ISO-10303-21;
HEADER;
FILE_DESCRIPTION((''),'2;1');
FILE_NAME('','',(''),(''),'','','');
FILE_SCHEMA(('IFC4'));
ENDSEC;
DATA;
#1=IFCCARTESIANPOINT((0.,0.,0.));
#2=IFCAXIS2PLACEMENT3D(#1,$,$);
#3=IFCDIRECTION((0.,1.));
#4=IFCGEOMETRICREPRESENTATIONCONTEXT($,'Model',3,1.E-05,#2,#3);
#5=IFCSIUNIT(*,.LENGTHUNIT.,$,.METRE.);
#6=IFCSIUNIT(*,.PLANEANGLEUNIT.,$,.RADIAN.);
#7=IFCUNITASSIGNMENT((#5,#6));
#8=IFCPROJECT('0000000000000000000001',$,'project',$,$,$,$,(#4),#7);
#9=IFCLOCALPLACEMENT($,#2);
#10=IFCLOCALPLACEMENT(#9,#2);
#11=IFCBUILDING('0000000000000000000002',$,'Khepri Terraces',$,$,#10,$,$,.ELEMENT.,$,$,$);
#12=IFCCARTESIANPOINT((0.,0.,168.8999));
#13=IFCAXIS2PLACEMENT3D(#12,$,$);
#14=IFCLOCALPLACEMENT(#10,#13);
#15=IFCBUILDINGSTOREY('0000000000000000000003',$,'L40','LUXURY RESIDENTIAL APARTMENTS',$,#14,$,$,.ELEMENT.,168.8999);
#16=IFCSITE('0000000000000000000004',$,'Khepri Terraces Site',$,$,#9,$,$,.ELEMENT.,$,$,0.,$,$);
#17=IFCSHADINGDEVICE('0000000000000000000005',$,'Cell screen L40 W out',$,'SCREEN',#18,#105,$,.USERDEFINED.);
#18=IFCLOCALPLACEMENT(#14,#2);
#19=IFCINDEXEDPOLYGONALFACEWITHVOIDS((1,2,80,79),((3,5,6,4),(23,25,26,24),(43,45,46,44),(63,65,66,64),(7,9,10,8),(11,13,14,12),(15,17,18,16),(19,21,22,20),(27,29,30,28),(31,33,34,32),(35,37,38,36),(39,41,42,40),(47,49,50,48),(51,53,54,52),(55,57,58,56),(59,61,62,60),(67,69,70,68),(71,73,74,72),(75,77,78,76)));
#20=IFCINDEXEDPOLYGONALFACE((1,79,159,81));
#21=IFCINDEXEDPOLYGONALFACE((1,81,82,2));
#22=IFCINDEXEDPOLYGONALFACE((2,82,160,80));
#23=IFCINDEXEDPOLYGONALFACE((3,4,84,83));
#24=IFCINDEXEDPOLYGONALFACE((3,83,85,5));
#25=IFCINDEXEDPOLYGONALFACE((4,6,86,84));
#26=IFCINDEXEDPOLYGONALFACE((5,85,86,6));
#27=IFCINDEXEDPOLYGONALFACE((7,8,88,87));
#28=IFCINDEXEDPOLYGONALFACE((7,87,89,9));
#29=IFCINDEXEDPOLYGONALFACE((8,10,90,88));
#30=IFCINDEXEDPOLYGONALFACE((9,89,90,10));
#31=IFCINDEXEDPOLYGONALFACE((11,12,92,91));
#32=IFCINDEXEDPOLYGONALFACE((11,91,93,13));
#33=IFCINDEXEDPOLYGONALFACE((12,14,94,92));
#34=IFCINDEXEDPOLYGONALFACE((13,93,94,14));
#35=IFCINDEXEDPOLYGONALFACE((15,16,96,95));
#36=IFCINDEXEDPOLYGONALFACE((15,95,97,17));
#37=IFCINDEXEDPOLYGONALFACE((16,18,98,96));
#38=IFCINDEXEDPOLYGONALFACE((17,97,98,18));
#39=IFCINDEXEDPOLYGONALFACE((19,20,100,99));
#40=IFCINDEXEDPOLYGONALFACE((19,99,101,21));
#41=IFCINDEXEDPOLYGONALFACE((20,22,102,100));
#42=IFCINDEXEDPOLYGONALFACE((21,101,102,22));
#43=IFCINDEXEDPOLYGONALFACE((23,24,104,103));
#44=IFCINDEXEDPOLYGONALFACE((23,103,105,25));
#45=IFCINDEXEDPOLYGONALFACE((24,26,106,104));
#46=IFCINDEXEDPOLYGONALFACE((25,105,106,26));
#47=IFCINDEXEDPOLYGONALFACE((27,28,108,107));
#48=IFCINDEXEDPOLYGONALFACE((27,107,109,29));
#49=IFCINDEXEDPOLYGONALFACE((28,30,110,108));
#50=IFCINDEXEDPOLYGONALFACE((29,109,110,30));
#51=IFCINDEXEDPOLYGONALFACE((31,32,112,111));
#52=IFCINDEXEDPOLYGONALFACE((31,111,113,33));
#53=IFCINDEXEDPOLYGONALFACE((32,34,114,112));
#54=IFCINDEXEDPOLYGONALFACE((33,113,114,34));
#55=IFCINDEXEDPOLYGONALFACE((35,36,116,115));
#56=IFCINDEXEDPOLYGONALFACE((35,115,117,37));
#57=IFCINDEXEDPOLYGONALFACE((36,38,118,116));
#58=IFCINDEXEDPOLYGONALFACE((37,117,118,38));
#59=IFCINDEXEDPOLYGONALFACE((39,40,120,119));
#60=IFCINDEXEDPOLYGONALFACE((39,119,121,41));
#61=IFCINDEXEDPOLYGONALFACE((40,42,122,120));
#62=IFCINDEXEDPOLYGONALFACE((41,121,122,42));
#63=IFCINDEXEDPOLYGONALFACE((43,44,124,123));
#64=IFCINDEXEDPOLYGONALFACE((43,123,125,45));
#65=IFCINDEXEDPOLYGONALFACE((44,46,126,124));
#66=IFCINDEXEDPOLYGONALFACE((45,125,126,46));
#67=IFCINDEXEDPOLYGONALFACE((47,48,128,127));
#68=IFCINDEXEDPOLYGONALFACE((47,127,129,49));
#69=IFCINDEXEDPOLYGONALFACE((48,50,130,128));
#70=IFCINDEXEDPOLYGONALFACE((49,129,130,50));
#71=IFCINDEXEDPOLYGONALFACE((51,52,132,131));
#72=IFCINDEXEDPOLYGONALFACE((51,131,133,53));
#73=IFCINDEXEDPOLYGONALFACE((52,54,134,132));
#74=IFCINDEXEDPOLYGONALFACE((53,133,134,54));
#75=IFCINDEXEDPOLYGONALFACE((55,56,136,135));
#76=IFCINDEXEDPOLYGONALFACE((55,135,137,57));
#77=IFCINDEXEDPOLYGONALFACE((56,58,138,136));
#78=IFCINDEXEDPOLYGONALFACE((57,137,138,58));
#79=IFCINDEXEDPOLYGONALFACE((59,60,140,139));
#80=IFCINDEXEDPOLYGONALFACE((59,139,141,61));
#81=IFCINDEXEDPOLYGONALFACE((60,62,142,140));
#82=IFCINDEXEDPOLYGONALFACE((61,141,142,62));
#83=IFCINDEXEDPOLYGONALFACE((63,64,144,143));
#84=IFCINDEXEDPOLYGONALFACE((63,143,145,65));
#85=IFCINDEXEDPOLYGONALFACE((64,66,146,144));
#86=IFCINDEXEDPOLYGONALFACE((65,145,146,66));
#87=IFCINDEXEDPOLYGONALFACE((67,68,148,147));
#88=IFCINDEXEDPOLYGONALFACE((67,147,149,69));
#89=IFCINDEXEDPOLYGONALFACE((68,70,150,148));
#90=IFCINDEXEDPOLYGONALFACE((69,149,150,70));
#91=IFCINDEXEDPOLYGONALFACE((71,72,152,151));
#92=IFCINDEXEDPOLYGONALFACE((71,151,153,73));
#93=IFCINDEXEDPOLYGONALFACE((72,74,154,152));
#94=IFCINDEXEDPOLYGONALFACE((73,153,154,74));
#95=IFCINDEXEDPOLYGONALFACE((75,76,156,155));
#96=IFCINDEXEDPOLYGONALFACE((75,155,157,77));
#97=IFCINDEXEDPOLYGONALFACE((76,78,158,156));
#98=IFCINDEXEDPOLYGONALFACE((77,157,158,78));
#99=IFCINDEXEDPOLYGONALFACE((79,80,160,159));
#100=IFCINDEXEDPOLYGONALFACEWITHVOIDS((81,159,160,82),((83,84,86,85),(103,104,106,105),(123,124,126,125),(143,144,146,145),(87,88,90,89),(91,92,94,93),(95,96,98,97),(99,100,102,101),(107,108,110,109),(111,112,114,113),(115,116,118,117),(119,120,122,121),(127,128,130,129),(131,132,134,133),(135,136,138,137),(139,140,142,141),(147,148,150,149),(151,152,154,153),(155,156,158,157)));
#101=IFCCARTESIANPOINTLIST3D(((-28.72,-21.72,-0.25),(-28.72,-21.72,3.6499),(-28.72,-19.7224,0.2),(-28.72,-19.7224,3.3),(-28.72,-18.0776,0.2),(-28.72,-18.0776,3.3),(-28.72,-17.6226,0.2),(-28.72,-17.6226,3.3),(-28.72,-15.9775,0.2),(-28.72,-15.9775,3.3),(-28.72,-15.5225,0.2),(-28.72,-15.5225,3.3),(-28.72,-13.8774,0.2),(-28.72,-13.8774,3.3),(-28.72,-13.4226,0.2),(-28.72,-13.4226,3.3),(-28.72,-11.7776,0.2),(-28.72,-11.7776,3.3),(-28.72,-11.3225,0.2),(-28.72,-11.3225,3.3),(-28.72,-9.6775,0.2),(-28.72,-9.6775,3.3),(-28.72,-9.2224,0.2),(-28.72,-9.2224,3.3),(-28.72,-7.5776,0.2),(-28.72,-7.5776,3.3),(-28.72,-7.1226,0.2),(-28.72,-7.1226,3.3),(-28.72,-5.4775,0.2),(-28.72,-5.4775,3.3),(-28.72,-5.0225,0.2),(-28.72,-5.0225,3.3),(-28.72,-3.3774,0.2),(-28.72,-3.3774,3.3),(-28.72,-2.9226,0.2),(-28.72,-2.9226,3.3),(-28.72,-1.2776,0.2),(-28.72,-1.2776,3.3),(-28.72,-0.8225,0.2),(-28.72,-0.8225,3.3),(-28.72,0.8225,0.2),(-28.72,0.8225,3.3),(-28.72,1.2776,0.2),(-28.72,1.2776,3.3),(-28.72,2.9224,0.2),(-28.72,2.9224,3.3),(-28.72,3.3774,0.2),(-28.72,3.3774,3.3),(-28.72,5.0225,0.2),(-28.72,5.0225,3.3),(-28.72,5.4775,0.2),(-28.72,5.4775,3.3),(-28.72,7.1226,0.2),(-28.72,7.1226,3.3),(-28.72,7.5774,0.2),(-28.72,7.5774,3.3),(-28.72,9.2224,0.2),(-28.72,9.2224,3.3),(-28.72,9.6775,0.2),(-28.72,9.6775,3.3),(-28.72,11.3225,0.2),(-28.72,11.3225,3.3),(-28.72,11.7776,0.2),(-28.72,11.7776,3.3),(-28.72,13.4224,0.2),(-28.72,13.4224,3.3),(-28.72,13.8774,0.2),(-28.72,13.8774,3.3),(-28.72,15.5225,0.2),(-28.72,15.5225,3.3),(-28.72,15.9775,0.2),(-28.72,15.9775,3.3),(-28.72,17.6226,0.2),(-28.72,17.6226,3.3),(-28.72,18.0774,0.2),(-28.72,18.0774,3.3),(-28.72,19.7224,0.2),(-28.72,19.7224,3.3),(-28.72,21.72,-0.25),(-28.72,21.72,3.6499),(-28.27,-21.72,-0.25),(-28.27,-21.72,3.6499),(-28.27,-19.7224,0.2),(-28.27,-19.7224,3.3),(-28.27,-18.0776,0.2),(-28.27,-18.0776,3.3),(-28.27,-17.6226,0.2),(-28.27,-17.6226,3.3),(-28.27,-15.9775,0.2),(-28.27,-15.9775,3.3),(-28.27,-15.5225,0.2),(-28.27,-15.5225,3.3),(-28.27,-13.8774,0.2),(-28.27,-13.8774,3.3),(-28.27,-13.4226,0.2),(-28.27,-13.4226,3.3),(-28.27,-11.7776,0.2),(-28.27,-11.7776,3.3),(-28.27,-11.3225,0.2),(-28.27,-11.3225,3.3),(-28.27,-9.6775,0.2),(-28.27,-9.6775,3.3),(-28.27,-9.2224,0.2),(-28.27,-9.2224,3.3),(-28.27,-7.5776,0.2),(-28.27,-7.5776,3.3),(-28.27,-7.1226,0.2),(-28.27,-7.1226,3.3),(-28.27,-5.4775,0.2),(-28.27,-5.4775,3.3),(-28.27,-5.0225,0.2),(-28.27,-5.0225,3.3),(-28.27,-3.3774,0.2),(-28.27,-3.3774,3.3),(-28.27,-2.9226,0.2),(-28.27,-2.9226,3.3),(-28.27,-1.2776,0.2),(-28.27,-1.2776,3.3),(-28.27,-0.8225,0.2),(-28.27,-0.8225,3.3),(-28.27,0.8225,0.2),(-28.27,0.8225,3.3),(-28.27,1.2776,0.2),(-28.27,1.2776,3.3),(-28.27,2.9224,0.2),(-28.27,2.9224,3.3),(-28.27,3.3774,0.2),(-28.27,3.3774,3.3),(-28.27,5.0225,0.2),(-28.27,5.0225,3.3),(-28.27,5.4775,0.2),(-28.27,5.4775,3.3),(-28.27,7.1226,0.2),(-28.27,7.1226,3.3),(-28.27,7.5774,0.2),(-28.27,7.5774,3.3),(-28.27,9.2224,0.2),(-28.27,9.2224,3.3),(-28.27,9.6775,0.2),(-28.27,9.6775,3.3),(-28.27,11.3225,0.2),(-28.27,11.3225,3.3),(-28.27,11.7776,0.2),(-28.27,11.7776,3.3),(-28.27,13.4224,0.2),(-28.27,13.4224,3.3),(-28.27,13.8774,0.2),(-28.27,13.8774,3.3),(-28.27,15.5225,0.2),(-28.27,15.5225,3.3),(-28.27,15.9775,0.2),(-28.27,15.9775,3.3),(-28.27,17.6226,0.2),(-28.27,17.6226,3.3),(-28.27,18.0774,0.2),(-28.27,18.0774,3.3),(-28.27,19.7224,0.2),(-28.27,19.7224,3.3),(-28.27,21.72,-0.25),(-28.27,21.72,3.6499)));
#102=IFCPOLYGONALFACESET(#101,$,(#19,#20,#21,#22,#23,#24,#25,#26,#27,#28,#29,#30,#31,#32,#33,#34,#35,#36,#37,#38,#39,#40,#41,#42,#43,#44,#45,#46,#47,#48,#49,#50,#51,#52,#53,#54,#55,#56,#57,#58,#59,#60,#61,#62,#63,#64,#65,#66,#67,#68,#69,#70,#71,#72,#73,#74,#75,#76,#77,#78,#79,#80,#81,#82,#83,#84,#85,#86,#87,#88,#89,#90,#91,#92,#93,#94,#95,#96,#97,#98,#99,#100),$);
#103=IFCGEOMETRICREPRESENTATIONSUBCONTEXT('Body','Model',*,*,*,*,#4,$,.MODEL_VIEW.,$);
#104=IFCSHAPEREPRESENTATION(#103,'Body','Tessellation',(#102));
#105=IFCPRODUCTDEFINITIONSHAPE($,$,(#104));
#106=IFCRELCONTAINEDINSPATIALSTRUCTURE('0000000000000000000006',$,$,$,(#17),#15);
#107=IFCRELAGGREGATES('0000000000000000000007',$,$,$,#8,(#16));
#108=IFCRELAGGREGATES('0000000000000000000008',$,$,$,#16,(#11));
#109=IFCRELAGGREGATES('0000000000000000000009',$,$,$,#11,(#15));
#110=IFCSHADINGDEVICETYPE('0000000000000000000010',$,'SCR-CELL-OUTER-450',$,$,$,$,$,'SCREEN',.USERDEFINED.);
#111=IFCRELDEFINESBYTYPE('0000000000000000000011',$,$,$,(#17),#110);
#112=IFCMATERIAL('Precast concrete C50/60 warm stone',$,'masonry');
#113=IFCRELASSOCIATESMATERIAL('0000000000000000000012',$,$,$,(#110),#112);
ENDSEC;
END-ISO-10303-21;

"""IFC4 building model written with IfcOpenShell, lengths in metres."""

from ifc_helpers import new_model, si_unit, direction, frame, origin, place, context, subcontext, project, spatial, polyline, outline, extrude, material, type_object, element, save


model = new_model("IFC4")

# Units and contexts
model_context = context("Model", 3, precision=1e-05, world=origin(), true_north=direction((0.0, 1.0)))
body_context = subcontext(model_context, "Body", "Model", "MODEL_VIEW")
ifc_project = project(units=[si_unit("LENGTHUNIT", "METRE"), si_unit("PLANEANGLEUNIT", "RADIAN")], contexts=[model_context])

# Site, building, storey
site_placement = place(None, origin())
site = spatial("IfcSite", under=ifc_project, at=site_placement, Name="Khepri Terraces Site", CompositionType="ELEMENT", RefElevation=0.0)
building_placement = place(site_placement, origin())
building = spatial("IfcBuilding", under=site, at=building_placement, Name="Khepri Terraces", CompositionType="ELEMENT")
storey_placement = place(building_placement, frame((0.0, 0.0, 168.8999)))
storey = spatial("IfcBuildingStorey", under=building, at=storey_placement, Name="L40", Description="LUXURY RESIDENTIAL APARTMENTS", CompositionType="ELEMENT", Elevation=168.8999)

# Shared definitions
ifc_material_1 = material(Name="Precast concrete C50/60 warm stone", Category="masonry")

# Shading device
shading_device_type_1 = type_object("IfcShadingDeviceType", Name="SCR-CELL-OUTER-450", ElementType="SCREEN", PredefinedType="USERDEFINED", material=ifc_material_1)
shading_device_1_placement = place(storey_placement, frame((-28.27, 21.72, -0.25), z_axis=(-1.0, 0.0, 0.0), x_axis=(0.0, -1.0, 0.0)))
element("IfcShadingDevice", 1, at=shading_device_1_placement, inside=storey, type_object=shading_device_type_1, Name="Cell screen L40 W out", ObjectType="SCREEN", PredefinedType="USERDEFINED", context=body_context, shape_type="SweptSolid", body=[
    extrude(outline(polyline([(0.0, 0.0), (43.4399, 0.0), (43.4399, 3.8999), (0.0, 3.8999), (0.0, 0.0)]), holes=[polyline([(1.9976, 0.45), (3.6426, 0.45), (3.6426, 3.55), (1.9976, 3.55), (1.9976, 0.45)]), polyline([(4.0974, 0.45), (5.7424, 0.45), (5.7424, 3.55), (4.0974, 3.55), (4.0974, 0.45)]), polyline([(6.1975, 0.45), (7.8425, 0.45), (7.8425, 3.55), (6.1975, 3.55), (6.1975, 0.45)]), polyline([(8.2976, 0.45), (9.9424, 0.45), (9.9424, 3.55), (8.2976, 3.55), (8.2976, 0.45)]), polyline([(10.3975, 0.45), (12.0425, 0.45), (12.0425, 3.55), (10.3975, 3.55), (10.3975, 0.45)]), polyline([(12.4976, 0.45), (14.1426, 0.45), (14.1426, 3.55), (12.4976, 3.55), (12.4976, 0.45)]), polyline([(14.5974, 0.45), (16.2424, 0.45), (16.2424, 3.55), (14.5974, 3.55), (14.5974, 0.45)]), polyline([(16.6975, 0.45), (18.3425, 0.45), (18.3425, 3.55), (16.6975, 3.55), (16.6975, 0.45)]), polyline([(18.7976, 0.45), (20.4424, 0.45), (20.4424, 3.55), (18.7976, 3.55), (18.7976, 0.45)]), polyline([(20.8975, 0.45), (22.5425, 0.45), (22.5425, 3.55), (20.8975, 3.55), (20.8975, 0.45)]), polyline([(22.9976, 0.45), (24.6426, 0.45), (24.6426, 3.55), (22.9976, 3.55), (22.9976, 0.45)]), polyline([(25.0974, 0.45), (26.7424, 0.45), (26.7424, 3.55), (25.0974, 3.55), (25.0974, 0.45)]), polyline([(27.1975, 0.45), (28.8425, 0.45), (28.8425, 3.55), (27.1975, 3.55), (27.1975, 0.45)]), polyline([(29.2976, 0.45), (30.9424, 0.45), (30.9424, 3.55), (29.2976, 3.55), (29.2976, 0.45)]), polyline([(31.3975, 0.45), (33.0425, 0.45), (33.0425, 3.55), (31.3975, 3.55), (31.3975, 0.45)]), polyline([(33.4976, 0.45), (35.1426, 0.45), (35.1426, 3.55), (33.4976, 3.55), (33.4976, 0.45)]), polyline([(35.5974, 0.45), (37.2424, 0.45), (37.2424, 3.55), (35.5974, 3.55), (35.5974, 0.45)]), polyline([(37.6975, 0.45), (39.3425, 0.45), (39.3425, 3.55), (37.6975, 3.55), (37.6975, 0.45)]), polyline([(39.7976, 0.45), (41.4424, 0.45), (41.4424, 3.55), (39.7976, 3.55), (39.7976, 0.45)])]), origin(), (0.0, 0.0, 1.0), 0.45),
])

save(model, "model.ifc")
